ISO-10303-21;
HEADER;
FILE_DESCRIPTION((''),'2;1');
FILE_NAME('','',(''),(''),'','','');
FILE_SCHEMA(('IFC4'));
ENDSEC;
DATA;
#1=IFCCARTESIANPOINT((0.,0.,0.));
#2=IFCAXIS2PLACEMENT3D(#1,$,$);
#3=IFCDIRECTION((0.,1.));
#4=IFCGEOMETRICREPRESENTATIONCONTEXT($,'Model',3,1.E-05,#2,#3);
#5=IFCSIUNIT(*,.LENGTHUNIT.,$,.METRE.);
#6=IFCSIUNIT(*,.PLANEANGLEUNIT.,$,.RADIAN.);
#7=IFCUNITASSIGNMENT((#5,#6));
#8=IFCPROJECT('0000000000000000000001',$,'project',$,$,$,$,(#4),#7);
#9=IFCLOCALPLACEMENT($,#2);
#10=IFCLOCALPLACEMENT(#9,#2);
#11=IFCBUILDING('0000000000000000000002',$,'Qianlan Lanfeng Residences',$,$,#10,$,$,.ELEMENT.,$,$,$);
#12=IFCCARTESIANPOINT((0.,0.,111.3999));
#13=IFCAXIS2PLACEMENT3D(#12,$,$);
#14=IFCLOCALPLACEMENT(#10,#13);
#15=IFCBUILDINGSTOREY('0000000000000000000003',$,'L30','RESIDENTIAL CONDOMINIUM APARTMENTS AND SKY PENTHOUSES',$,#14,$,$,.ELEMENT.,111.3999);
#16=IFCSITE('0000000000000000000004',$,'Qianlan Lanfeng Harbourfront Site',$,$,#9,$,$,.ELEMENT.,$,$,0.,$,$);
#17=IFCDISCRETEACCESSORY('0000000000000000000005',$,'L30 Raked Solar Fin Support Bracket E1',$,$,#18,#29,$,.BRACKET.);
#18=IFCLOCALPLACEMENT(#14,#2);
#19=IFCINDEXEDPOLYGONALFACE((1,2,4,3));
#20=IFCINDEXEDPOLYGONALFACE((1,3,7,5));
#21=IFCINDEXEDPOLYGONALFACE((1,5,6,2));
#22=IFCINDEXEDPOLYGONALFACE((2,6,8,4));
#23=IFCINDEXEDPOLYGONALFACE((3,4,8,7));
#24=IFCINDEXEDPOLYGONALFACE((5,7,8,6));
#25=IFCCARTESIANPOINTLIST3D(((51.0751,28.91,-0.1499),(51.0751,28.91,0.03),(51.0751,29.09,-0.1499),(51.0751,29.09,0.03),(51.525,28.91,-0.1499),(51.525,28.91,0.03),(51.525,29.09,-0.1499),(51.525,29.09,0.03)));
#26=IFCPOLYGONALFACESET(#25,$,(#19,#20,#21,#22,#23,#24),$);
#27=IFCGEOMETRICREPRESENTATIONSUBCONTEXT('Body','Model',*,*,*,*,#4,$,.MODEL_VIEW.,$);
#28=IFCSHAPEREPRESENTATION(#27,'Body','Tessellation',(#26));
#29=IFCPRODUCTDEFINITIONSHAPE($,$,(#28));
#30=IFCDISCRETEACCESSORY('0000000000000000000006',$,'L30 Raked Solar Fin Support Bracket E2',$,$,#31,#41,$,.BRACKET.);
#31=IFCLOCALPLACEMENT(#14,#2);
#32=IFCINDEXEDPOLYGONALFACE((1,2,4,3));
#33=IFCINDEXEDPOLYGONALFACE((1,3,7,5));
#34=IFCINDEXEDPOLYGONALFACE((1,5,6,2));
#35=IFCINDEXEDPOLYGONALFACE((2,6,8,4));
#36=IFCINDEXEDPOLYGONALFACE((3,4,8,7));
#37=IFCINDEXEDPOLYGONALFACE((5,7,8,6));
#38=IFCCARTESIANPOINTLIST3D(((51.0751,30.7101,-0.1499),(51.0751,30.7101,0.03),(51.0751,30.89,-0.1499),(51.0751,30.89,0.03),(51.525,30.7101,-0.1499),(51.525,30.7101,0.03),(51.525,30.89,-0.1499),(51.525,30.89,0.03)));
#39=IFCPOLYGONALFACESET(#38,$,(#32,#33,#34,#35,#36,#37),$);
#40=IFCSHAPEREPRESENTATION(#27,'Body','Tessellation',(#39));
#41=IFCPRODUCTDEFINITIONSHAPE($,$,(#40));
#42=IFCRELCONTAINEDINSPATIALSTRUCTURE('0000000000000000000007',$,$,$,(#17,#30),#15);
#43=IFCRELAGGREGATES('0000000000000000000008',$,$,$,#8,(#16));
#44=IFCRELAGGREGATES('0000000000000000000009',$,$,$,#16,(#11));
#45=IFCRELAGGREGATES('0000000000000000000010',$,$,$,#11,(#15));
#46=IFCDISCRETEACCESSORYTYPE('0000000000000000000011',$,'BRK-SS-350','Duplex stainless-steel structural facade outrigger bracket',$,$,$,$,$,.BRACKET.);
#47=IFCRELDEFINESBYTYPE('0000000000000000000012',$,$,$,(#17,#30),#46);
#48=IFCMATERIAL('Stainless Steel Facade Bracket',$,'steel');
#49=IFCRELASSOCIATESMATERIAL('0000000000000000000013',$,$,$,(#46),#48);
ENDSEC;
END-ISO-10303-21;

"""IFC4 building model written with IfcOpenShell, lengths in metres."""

from ifc_helpers import new_model, si_unit, direction, frame, origin, origin_2d, place, context, subcontext, project, spatial, rectangle, extrude, source, transform, mapped, material, type_object, element, save


model = new_model("IFC4")

# Units and contexts
model_context = context("Model", 3, precision=1e-05, world=origin(), true_north=direction((0.0, 1.0)))
body_context = subcontext(model_context, "Body", "Model", "MODEL_VIEW")
ifc_project = project(units=[si_unit("LENGTHUNIT", "METRE"), si_unit("PLANEANGLEUNIT", "RADIAN")], contexts=[model_context])

# Site, building, storey
site_placement = place(None, origin())
site = spatial("IfcSite", under=ifc_project, at=site_placement, Name="Qianlan Lanfeng Harbourfront Site", CompositionType="ELEMENT", RefElevation=0.0)
building_placement = place(site_placement, origin())
building = spatial("IfcBuilding", under=site, at=building_placement, Name="Qianlan Lanfeng Residences", CompositionType="ELEMENT")
storey_placement = place(building_placement, frame((0.0, 0.0, 111.3999)))
storey = spatial("IfcBuildingStorey", under=building, at=storey_placement, Name="L30", Description="RESIDENTIAL CONDOMINIUM APARTMENTS AND SKY PENTHOUSES", CompositionType="ELEMENT", Elevation=111.3999)

# Discrete accessories
ifc_material_1 = material(Name="Stainless Steel Facade Bracket", Category="steel")
discrete_accessory_type = type_object("IfcDiscreteAccessoryType", Name="BRK-SS-350", Description="Duplex stainless-steel structural facade outrigger bracket", PredefinedType="BRACKET", material=ifc_material_1)
shared_shape_1 = source(origin(), body_context, "Body", "SweptSolid", [
    extrude(rectangle(XDim=0.45, YDim=0.1799, at=origin_2d()), origin(), (0.0, 0.0, 1.0), 0.1799),
])
for number, where, z_axis, x_axis, name in (
    (1, (51.3, 29.0, -0.1499), (0.0, 0.0, 1.0), (1.0, 0.0, 0.0), "L30 Raked Solar Fin Support Bracket E1"),
    (2, (51.3, 30.8, -0.1499), (0.0, 0.0, 1.0), (1.0, 0.0, 0.0), "L30 Raked Solar Fin Support Bracket E2"),
):
    element("IfcDiscreteAccessory", number, at=place(storey_placement, frame(where, z_axis=z_axis, x_axis=x_axis)), inside=storey, type_object=discrete_accessory_type, Name=name, PredefinedType="BRACKET", context=body_context, shape_type="MappedRepresentation", body=[
        mapped(shared_shape_1, transform((0.0, 0.0, 0.0), scale=1.0)),
    ])

save(model, "model.ifc")
